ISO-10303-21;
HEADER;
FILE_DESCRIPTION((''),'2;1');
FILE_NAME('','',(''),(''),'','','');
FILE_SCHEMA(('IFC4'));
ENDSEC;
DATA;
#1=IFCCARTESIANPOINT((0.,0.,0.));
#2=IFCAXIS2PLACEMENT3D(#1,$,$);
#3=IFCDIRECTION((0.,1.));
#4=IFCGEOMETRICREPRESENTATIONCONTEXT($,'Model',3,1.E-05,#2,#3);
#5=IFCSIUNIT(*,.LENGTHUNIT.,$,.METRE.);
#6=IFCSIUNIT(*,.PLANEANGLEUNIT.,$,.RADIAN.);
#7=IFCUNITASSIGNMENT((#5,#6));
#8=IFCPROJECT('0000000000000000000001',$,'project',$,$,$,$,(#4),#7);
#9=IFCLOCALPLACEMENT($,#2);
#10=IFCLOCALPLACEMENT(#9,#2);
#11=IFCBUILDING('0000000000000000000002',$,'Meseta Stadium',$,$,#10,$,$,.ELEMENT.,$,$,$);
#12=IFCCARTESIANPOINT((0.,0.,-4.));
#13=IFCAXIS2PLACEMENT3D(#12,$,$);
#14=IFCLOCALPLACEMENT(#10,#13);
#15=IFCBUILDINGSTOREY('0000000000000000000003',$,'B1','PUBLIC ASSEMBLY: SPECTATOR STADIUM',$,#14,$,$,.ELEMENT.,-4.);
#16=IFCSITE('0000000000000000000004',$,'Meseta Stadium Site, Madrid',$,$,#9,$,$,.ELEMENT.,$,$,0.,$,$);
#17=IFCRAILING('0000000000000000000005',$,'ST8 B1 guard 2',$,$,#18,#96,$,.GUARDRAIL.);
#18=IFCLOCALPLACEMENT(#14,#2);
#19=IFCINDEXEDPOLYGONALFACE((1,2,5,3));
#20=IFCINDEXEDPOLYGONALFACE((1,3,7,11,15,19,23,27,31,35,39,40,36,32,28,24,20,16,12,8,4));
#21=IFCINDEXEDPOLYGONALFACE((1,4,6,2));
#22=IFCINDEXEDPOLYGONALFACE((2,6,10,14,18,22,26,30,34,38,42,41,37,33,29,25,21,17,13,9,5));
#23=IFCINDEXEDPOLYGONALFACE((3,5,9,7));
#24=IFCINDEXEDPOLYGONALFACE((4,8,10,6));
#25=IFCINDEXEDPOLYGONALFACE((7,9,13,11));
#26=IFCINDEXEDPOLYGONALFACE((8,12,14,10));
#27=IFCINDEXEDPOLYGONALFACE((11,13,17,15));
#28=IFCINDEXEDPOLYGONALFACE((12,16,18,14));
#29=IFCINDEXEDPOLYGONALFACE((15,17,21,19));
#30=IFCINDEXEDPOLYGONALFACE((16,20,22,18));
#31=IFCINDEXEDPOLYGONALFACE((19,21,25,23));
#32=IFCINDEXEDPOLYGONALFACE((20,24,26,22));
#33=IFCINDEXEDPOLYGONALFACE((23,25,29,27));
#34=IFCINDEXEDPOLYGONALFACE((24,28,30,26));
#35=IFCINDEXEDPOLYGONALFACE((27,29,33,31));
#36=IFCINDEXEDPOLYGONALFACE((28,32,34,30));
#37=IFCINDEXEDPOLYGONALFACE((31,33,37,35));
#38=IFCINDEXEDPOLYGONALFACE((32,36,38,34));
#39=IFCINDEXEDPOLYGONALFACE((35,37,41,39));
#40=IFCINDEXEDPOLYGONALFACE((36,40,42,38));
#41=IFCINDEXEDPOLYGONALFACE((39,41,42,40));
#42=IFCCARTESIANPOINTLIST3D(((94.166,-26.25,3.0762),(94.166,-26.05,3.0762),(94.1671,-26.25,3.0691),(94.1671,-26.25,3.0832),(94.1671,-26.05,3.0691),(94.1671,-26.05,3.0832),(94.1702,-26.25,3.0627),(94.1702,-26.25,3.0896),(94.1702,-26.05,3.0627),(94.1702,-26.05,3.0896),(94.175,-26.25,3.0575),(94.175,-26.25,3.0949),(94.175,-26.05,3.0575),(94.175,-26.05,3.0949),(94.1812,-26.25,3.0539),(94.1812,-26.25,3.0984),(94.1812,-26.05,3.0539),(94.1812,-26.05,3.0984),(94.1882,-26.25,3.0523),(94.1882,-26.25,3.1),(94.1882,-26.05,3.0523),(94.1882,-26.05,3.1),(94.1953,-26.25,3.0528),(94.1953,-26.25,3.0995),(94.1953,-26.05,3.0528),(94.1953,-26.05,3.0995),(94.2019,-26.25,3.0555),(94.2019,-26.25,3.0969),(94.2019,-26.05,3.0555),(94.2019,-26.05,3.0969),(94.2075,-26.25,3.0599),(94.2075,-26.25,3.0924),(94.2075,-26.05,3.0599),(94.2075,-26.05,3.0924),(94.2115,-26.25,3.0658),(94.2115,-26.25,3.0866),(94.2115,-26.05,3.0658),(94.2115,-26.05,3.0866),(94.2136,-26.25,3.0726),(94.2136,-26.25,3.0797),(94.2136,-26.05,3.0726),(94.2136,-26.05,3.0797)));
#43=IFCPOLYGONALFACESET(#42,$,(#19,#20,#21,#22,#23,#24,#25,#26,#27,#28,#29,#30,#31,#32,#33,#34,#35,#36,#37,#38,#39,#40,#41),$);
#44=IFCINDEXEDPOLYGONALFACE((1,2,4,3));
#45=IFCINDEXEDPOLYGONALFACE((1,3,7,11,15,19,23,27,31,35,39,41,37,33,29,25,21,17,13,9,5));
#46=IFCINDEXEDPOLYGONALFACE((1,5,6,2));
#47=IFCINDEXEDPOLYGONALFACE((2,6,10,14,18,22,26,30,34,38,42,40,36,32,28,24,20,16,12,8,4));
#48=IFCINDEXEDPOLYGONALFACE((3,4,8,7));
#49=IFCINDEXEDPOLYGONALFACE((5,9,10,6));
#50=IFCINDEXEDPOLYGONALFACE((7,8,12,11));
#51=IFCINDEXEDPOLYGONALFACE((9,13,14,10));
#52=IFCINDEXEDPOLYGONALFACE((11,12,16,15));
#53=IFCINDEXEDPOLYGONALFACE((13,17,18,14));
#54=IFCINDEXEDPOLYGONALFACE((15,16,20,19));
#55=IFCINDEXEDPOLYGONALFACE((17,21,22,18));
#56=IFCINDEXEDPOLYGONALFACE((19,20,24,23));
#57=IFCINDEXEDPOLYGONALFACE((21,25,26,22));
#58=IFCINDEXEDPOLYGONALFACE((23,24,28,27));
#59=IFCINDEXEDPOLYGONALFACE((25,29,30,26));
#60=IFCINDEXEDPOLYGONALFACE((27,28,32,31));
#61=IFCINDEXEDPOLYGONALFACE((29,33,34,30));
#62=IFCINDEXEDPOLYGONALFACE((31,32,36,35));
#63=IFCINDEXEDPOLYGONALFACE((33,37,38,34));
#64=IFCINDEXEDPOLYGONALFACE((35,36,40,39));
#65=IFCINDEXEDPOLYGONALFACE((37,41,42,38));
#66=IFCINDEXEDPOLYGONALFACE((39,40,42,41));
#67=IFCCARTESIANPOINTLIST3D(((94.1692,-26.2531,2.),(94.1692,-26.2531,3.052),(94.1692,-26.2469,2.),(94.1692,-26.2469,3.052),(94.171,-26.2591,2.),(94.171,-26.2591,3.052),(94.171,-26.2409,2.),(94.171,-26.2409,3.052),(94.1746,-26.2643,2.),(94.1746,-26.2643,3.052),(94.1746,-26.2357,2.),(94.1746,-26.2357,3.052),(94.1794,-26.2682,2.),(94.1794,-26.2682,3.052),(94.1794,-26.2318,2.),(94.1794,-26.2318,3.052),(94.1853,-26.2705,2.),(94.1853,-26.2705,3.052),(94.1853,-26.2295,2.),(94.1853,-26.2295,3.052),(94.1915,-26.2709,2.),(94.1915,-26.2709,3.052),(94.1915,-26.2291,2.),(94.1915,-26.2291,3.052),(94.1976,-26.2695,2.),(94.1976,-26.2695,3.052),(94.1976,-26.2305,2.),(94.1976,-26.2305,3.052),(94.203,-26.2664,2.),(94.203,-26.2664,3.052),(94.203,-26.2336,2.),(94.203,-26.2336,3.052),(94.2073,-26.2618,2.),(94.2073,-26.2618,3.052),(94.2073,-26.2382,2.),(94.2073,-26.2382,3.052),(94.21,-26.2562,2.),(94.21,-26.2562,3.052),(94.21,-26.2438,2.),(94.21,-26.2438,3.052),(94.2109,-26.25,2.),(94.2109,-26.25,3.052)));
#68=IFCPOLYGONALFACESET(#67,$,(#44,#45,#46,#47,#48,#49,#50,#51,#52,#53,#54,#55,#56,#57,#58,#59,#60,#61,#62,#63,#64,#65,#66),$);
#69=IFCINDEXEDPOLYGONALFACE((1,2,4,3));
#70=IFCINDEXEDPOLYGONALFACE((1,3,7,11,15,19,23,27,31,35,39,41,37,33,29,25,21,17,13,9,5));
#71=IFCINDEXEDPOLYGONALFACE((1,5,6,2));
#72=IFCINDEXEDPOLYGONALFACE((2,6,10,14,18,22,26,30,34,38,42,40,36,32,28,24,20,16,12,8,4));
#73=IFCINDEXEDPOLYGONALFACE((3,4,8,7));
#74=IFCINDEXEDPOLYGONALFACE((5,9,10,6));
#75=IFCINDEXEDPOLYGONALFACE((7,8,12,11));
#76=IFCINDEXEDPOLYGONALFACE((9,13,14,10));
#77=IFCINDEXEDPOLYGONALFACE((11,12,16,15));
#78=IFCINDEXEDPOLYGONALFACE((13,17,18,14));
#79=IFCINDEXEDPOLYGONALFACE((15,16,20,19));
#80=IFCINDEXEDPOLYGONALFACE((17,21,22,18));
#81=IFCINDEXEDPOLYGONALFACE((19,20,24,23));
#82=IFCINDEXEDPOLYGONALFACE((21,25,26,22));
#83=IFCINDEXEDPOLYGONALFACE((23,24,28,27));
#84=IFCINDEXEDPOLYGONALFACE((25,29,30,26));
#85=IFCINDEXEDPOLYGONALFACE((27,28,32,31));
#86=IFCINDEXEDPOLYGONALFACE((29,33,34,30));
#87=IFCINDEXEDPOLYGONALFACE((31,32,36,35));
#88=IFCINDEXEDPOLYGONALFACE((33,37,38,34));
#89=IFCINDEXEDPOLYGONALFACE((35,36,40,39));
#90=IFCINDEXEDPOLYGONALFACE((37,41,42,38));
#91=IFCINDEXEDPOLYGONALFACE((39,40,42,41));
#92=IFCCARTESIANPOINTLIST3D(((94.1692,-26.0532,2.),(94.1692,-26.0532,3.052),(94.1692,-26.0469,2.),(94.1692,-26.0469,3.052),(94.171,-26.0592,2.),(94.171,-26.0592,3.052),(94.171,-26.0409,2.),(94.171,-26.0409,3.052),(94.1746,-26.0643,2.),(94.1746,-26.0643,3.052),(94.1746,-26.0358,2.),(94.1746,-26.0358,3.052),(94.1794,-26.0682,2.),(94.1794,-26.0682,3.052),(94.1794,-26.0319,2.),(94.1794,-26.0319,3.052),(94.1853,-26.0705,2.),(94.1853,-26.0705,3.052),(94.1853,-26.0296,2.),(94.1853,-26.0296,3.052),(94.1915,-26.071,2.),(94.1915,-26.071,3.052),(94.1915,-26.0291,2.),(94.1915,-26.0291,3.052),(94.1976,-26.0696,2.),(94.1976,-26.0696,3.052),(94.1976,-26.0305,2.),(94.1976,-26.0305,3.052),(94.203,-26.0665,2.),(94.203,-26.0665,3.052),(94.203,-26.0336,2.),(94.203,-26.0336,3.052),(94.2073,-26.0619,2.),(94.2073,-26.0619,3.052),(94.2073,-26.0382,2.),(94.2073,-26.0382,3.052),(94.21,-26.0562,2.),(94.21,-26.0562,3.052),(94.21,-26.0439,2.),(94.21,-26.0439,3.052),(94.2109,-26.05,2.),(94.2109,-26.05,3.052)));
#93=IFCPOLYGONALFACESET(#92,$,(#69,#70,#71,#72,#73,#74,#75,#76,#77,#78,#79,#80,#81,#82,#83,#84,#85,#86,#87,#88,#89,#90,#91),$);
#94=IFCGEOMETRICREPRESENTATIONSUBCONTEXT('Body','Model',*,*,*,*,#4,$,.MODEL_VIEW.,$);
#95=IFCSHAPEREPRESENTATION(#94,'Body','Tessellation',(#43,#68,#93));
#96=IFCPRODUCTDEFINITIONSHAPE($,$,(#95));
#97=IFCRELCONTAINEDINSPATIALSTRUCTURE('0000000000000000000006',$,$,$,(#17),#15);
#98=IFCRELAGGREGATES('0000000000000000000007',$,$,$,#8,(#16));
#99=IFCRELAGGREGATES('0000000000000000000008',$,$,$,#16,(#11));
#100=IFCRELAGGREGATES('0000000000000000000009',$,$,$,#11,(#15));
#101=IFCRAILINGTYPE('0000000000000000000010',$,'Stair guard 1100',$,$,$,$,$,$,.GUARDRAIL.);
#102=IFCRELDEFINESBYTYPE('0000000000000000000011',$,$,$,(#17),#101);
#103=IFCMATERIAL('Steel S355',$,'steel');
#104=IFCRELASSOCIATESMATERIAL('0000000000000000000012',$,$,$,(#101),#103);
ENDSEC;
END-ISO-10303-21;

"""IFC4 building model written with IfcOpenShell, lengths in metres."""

from ifc_helpers import new_model, si_unit, direction, frame, origin, origin_2d, place, context, subcontext, project, spatial, circle, extrude, material, type_object, element, save


model = new_model("IFC4")

# Units and contexts
model_context = context("Model", 3, precision=1e-05, world=origin(), true_north=direction((0.0, 1.0)))
body_context = subcontext(model_context, "Body", "Model", "MODEL_VIEW")
ifc_project = project(units=[si_unit("LENGTHUNIT", "METRE"), si_unit("PLANEANGLEUNIT", "RADIAN")], contexts=[model_context])

# Site, building, storey
site_placement = place(None, origin())
site = spatial("IfcSite", under=ifc_project, at=site_placement, Name="Meseta Stadium Site, Madrid", CompositionType="ELEMENT", RefElevation=0.0)
building_placement = place(site_placement, origin())
building = spatial("IfcBuilding", under=site, at=building_placement, Name="Meseta Stadium", CompositionType="ELEMENT")
storey_placement = place(building_placement, frame((0.0, 0.0, -4.0)))
storey = spatial("IfcBuildingStorey", under=building, at=storey_placement, Name="B1", Description="PUBLIC ASSEMBLY: SPECTATOR STADIUM", CompositionType="ELEMENT", Elevation=-4.0)

# Railing
ifc_material_1 = material(Name="Steel S355", Category="steel")
railing_type_1 = type_object("IfcRailingType", Name="Stair guard 1100", PredefinedType="GUARDRAIL", material=ifc_material_1)
railing_1_placement = place(storey_placement, frame((94.1899, -26.25, 2.0)))
element("IfcRailing", 1, at=railing_1_placement, inside=storey, type_object=railing_type_1, Name="ST8 B1 guard 2", PredefinedType="GUARDRAIL", context=body_context, shape_type="SweptSolid", body=[
    extrude(circle(Radius=0.0239, at=origin_2d()), frame((0.0, 0.0, 1.0762), z_axis=(0.0, 1.0, 0.0), x_axis=(-1.0, 0.0, 0.0)), (0.0, 0.0, 1.0), 0.2),
    extrude(circle(Radius=0.021, at=origin_2d()), origin(), (0.0, 0.0, 1.0), 1.052),
    extrude(circle(Radius=0.021, at=origin_2d()), frame((0.0, 0.2, 0.0)), (0.0, 0.0, 1.0), 1.052),
])

save(model, "model.ifc")
